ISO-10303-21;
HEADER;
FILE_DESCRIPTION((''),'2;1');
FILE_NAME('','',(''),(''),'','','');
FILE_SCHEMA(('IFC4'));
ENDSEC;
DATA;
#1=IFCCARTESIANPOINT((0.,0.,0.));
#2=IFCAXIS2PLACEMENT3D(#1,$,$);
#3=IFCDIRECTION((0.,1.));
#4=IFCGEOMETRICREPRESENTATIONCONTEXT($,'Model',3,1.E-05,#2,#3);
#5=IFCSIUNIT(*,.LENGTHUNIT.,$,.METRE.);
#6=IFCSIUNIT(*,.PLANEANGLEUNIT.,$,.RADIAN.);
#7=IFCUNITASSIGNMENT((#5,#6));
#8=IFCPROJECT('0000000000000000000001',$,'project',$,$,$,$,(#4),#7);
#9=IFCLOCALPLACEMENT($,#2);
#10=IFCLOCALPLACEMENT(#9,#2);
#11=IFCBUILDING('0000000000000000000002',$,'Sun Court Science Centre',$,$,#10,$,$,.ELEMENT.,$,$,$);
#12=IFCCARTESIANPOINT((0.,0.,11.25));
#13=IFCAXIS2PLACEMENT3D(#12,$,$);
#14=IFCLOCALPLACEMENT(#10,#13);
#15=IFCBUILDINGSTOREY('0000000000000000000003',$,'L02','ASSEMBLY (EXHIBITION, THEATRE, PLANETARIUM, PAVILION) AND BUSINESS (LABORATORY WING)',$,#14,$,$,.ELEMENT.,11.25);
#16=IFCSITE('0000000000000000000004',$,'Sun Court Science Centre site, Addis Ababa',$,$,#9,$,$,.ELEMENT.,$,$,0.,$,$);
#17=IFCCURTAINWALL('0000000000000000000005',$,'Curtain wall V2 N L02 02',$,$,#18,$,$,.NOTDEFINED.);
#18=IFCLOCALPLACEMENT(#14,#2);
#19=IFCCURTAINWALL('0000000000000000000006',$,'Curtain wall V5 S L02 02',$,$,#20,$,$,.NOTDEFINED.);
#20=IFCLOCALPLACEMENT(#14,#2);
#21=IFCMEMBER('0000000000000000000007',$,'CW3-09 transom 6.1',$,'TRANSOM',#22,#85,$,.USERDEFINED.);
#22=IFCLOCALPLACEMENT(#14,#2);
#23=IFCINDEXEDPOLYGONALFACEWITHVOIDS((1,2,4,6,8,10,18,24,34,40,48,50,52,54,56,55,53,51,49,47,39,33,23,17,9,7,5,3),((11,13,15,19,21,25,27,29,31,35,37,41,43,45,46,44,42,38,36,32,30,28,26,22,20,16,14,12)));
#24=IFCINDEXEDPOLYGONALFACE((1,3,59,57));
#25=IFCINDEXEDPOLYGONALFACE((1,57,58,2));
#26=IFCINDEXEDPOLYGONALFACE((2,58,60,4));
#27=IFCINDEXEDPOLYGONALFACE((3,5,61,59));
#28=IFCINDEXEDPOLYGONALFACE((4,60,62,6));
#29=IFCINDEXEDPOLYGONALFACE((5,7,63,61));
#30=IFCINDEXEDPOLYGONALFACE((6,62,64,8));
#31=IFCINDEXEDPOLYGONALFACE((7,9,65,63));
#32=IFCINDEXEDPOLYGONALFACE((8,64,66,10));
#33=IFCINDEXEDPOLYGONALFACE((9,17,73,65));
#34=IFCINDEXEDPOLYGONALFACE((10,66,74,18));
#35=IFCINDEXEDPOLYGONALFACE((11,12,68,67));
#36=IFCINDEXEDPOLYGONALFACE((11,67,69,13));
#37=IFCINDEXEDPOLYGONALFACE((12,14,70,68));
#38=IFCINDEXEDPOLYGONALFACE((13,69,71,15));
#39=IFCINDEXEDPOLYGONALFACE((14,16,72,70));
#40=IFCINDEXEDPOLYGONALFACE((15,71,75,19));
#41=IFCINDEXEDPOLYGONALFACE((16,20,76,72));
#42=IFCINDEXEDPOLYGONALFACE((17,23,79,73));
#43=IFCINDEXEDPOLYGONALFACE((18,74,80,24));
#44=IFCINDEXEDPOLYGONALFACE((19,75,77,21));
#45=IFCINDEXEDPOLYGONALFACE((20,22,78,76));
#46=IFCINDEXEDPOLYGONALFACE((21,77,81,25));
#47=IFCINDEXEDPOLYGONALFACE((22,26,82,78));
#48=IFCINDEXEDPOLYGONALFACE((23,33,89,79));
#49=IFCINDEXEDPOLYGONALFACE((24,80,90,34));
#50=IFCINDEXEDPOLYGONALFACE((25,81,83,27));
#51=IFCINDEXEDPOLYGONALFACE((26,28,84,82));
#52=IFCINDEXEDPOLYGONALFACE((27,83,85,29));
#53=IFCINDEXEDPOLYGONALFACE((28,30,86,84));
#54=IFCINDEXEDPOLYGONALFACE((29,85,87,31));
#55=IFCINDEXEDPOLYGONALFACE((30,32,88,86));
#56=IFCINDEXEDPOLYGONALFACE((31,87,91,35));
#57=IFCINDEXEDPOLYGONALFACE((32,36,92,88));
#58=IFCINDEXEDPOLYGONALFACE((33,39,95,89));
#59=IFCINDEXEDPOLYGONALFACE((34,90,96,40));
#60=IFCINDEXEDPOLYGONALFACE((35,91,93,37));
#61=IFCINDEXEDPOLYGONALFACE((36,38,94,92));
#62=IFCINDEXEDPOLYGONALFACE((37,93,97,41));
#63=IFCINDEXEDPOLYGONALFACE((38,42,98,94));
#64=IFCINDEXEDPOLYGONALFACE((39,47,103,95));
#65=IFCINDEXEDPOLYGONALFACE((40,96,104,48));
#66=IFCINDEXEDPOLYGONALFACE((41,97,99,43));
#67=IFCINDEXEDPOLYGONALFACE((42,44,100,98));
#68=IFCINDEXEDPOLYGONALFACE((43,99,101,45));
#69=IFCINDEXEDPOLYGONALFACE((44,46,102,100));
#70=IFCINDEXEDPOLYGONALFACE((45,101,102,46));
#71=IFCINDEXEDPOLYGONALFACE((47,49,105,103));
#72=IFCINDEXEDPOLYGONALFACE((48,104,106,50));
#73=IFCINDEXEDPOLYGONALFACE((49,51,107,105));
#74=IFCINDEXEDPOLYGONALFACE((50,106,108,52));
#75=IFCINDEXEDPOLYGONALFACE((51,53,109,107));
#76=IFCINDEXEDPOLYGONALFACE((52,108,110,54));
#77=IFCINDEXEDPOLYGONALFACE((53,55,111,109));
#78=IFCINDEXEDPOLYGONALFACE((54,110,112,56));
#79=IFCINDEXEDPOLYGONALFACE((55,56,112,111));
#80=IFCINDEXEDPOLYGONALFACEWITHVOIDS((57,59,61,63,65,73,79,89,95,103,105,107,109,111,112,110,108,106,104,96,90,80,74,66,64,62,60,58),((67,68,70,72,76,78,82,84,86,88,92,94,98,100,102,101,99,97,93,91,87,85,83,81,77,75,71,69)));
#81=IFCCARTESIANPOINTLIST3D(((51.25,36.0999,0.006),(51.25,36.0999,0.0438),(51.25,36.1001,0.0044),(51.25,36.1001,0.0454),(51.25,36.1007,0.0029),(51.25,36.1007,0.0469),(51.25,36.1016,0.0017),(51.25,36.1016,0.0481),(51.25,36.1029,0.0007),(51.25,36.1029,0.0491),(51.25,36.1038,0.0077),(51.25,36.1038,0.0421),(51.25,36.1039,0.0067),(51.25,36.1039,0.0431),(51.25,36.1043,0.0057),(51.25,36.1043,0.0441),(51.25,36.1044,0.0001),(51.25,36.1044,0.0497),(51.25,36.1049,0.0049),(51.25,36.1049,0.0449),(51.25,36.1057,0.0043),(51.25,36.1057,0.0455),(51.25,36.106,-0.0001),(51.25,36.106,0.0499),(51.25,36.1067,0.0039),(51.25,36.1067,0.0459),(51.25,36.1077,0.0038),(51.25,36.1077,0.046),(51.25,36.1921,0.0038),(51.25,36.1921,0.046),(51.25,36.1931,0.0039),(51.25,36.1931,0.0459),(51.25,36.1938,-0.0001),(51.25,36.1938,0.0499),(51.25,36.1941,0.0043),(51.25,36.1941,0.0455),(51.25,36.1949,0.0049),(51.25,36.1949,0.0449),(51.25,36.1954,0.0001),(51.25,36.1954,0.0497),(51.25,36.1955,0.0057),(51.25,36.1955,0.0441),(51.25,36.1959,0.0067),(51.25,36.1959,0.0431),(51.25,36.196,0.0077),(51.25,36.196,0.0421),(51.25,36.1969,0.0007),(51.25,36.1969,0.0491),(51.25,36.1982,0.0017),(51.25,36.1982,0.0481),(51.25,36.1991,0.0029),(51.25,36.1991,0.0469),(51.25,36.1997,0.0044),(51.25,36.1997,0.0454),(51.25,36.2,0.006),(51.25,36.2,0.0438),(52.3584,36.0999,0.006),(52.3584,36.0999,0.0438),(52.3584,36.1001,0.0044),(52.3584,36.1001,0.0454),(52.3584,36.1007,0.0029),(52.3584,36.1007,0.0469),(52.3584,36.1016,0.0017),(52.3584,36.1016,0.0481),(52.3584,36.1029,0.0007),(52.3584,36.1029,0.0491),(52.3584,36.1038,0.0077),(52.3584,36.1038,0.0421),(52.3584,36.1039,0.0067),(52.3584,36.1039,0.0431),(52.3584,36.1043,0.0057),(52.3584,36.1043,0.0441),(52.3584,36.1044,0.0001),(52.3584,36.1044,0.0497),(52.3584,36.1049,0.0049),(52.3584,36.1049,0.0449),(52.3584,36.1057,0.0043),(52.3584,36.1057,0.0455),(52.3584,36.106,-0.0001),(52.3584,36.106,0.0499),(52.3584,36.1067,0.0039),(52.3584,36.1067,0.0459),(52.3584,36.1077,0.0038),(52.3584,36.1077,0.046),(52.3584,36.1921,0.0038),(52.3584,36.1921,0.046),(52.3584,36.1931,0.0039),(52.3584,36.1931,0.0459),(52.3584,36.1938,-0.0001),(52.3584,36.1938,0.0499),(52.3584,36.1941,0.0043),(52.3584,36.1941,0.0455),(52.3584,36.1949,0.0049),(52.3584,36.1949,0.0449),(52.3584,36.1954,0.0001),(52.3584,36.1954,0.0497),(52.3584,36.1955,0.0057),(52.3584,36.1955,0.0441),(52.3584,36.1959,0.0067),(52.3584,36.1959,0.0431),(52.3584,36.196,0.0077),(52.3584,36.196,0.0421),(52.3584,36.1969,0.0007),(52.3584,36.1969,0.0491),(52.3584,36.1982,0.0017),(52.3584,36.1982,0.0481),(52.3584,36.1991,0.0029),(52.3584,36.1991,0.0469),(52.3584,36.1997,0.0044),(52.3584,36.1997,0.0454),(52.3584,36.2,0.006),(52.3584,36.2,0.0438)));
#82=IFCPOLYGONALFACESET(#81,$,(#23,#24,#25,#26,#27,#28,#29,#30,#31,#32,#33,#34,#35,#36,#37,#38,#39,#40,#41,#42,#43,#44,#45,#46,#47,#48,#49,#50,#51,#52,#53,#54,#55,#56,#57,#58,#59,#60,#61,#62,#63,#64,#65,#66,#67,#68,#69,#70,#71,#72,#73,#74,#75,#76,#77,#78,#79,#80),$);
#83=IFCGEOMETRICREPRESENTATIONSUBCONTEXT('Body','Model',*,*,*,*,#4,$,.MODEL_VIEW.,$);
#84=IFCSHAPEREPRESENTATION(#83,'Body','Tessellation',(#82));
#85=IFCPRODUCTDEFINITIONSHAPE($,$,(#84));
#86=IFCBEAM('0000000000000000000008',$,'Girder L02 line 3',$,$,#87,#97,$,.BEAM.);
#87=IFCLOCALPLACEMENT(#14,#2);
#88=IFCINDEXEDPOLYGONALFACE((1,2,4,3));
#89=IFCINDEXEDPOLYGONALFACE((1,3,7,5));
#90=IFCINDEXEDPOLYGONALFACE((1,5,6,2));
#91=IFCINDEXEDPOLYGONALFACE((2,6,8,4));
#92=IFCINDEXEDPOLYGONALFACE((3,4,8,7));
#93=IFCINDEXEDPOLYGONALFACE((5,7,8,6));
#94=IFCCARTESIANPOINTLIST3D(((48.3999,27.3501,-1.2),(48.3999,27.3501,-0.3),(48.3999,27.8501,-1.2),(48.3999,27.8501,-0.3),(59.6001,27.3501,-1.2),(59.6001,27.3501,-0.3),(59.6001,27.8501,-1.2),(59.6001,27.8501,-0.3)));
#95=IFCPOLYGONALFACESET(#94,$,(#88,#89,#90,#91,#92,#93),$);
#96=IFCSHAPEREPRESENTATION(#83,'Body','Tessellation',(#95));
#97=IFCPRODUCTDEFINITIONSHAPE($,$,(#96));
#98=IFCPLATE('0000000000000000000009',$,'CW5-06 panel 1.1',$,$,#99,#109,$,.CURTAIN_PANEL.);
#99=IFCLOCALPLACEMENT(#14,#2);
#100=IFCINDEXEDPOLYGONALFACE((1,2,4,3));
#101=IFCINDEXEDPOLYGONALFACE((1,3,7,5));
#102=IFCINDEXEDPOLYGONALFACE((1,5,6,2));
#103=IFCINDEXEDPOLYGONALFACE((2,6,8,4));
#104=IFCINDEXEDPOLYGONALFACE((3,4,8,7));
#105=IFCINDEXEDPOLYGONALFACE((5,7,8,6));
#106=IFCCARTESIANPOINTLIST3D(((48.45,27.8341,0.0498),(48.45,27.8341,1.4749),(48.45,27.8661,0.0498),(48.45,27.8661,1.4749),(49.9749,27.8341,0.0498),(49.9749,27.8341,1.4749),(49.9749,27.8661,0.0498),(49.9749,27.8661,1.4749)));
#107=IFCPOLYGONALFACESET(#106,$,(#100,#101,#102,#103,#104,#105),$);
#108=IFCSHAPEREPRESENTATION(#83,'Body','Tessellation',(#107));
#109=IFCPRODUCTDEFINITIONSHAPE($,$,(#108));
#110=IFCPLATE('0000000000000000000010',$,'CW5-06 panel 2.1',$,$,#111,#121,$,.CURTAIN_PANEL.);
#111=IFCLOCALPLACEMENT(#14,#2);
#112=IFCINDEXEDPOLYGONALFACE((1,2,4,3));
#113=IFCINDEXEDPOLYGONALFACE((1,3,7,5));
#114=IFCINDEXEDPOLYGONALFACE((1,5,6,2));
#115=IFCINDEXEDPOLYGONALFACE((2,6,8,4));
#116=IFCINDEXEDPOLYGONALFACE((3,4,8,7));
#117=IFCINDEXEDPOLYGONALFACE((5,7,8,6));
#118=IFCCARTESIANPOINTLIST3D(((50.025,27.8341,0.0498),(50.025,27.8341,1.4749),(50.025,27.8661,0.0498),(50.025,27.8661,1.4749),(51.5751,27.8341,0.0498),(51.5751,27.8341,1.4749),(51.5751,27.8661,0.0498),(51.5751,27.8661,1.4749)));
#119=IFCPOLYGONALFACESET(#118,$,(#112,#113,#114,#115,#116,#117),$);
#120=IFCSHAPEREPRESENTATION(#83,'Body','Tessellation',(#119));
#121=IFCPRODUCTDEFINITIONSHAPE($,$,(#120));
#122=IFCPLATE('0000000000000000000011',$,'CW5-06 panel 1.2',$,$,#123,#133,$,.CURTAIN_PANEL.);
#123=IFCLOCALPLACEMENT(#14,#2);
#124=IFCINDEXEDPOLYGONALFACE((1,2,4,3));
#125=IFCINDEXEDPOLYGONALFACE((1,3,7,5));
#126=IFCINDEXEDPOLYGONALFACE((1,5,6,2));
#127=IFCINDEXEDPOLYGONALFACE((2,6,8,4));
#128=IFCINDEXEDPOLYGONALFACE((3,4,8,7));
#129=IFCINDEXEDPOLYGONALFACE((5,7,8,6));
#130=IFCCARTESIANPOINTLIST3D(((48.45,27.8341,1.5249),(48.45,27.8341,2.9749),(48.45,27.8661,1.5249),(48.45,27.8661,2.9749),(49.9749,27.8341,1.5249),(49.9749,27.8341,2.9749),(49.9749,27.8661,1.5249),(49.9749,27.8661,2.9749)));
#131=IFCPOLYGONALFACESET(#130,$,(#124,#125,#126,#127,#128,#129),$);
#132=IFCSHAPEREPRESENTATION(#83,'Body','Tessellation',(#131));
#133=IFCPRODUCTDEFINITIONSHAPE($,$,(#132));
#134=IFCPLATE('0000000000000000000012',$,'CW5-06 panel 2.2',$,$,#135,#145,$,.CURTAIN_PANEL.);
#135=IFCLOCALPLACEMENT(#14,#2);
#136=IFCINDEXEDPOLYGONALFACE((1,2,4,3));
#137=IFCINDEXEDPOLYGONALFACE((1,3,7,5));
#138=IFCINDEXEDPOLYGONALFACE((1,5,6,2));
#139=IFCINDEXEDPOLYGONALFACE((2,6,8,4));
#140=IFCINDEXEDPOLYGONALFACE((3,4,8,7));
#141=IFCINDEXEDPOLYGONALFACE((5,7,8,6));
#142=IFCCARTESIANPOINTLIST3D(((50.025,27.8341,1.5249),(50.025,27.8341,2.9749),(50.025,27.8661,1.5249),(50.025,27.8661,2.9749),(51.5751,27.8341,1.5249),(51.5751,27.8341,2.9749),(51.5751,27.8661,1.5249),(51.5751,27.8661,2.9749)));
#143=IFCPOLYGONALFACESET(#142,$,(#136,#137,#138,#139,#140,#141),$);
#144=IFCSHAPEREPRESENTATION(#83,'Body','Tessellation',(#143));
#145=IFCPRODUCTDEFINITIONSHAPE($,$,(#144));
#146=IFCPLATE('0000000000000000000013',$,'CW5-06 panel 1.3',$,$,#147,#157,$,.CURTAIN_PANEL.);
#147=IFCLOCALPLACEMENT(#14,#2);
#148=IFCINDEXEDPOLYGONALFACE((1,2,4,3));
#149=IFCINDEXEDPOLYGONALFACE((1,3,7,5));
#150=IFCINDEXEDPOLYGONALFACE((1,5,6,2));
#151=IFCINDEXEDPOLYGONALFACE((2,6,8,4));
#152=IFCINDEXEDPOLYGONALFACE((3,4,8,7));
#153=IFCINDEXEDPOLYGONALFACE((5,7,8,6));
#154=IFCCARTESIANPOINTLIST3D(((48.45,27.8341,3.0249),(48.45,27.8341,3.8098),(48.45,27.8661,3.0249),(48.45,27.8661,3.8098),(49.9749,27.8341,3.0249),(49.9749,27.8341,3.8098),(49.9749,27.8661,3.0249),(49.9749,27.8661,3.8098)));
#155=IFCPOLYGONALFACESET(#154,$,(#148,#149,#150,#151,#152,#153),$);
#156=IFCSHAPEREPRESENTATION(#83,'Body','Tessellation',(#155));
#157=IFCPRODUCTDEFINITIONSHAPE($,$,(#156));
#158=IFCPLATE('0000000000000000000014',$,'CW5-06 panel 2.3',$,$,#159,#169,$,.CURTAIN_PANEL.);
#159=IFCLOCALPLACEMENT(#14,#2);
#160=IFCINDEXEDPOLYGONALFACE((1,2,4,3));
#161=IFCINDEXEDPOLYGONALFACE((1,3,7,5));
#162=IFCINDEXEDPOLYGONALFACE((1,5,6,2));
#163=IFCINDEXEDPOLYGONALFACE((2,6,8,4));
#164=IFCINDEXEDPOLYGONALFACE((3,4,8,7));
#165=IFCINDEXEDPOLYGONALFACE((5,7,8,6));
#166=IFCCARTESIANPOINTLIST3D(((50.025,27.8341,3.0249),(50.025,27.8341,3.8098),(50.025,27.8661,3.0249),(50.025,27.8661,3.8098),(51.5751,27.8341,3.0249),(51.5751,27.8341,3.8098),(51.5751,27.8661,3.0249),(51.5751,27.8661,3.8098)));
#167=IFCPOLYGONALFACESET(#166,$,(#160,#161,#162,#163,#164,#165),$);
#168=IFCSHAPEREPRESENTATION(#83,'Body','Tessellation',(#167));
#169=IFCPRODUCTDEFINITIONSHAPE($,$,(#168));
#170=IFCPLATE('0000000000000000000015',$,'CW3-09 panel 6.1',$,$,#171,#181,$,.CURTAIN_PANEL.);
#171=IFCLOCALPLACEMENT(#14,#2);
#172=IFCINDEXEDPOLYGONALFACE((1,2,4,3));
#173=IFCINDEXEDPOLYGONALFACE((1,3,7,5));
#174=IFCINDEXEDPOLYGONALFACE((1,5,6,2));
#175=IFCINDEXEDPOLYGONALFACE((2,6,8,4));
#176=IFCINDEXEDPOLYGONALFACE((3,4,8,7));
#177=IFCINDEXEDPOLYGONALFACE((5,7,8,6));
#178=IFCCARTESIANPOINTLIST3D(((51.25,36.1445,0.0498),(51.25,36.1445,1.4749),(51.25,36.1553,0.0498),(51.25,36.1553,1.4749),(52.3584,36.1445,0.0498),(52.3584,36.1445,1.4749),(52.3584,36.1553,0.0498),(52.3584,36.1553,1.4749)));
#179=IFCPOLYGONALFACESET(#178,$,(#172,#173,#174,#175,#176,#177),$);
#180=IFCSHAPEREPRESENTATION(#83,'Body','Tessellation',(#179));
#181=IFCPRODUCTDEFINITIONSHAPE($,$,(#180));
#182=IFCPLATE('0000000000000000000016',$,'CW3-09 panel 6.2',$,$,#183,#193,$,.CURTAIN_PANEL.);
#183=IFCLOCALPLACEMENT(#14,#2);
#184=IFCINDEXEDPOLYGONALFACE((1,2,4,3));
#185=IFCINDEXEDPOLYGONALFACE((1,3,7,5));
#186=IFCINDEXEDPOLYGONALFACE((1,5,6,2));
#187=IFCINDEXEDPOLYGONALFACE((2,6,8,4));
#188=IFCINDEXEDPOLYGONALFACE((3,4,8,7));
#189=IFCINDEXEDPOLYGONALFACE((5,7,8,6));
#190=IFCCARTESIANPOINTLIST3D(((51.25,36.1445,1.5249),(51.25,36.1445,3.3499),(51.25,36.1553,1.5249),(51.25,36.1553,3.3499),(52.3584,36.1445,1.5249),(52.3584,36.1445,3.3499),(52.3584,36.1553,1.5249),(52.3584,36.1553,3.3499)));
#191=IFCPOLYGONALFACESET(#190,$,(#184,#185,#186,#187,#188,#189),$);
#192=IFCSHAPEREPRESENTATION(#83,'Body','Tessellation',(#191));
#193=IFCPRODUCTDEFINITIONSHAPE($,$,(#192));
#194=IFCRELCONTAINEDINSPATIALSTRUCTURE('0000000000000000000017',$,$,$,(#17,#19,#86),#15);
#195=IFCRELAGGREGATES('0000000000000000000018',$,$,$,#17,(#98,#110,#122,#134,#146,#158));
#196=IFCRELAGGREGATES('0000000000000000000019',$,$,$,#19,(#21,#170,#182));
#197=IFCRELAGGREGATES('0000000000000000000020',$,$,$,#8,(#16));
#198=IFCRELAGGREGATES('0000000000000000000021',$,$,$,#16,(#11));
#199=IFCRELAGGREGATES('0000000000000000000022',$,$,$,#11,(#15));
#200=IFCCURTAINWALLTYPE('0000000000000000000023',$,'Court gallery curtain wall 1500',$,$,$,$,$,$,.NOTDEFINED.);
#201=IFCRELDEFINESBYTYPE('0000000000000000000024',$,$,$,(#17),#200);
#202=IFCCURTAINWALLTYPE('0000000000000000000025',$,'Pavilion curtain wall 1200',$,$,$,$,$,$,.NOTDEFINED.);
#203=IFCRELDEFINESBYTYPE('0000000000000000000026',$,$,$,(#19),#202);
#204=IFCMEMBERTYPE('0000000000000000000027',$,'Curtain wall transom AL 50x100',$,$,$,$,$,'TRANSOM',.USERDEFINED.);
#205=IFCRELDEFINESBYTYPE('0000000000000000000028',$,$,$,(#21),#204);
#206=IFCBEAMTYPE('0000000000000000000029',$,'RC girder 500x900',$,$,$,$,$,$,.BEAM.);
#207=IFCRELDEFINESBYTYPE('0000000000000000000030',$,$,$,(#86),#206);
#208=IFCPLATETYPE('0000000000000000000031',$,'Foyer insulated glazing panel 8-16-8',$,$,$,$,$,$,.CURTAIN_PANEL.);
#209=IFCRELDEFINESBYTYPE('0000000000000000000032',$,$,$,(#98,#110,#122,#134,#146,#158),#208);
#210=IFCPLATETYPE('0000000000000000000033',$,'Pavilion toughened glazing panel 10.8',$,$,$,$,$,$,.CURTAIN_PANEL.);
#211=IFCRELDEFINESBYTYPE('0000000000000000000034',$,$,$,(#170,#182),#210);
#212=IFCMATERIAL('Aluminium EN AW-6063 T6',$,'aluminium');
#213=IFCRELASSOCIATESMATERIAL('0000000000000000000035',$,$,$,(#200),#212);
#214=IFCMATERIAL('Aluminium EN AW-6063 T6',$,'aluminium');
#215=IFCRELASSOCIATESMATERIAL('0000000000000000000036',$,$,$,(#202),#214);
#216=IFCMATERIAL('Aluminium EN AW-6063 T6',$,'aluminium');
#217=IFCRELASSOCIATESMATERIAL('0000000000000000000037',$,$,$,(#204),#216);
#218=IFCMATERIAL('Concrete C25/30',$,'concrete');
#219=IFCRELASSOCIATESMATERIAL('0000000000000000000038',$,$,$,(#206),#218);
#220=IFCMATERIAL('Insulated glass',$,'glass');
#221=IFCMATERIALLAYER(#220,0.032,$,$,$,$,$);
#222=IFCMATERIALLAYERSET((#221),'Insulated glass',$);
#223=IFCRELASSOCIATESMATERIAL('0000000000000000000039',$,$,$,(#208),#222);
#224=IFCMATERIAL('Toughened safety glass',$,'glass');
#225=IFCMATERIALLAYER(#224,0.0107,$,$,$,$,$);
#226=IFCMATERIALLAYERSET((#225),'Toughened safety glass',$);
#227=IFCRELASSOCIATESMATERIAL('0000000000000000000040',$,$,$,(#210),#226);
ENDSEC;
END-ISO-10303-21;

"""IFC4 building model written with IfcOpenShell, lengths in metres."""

from ifc_helpers import new_model, si_unit, direction, frame, origin, origin_2d, place, context, subcontext, project, spatial, rectangle, hollow_rectangle, extrude, material, layer, layer_set, material_profile, profile_set, type_object, element, aggregate, save


model = new_model("IFC4")

# Units and contexts
model_context = context("Model", 3, precision=1e-05, world=origin(), true_north=direction((0.0, 1.0)))
body_context = subcontext(model_context, "Body", "Model", "MODEL_VIEW")
ifc_project = project(units=[si_unit("LENGTHUNIT", "METRE"), si_unit("PLANEANGLEUNIT", "RADIAN")], contexts=[model_context])

# Site, building, storey
site_placement = place(None, origin())
site = spatial("IfcSite", under=ifc_project, at=site_placement, Name="Sun Court Science Centre site, Addis Ababa", CompositionType="ELEMENT", RefElevation=0.0)
building_placement = place(site_placement, origin())
building = spatial("IfcBuilding", under=site, at=building_placement, Name="Sun Court Science Centre", CompositionType="ELEMENT")
storey_placement = place(building_placement, frame((0.0, 0.0, 11.25)))
storey = spatial("IfcBuildingStorey", under=building, at=storey_placement, Name="L02", Description="ASSEMBLY (EXHIBITION, THEATRE, PLANETARIUM, PAVILION) AND BUSINESS (LABORATORY WING)", CompositionType="ELEMENT", Elevation=11.25)

# Curtain wall
ifc_material_1 = material(Name="Aluminium EN AW-6063 T6", Category="aluminium")
curtain_wall_type_1 = type_object("IfcCurtainWallType", Name="Court gallery curtain wall 1500", PredefinedType="NOTDEFINED", material=ifc_material_1)
curtain_wall_1_placement = place(storey_placement, origin())
curtain_wall_1 = element("IfcCurtainWall", 1, at=curtain_wall_1_placement, inside=storey, type_object=curtain_wall_type_1, Name="Curtain wall V2 N L02 02", PredefinedType="NOTDEFINED")

# Curtain wall
ifc_material_2 = material(Name="Aluminium EN AW-6063 T6", Category="aluminium")
curtain_wall_type_2 = type_object("IfcCurtainWallType", Name="Pavilion curtain wall 1200", PredefinedType="NOTDEFINED", material=ifc_material_2)
curtain_wall_2_placement = place(storey_placement, origin())
curtain_wall_2 = element("IfcCurtainWall", 2, at=curtain_wall_2_placement, inside=storey, type_object=curtain_wall_type_2, Name="Curtain wall V5 S L02 02", PredefinedType="NOTDEFINED")

# Member
ifc_material_3 = material(Name="Aluminium EN AW-6063 T6", Category="aluminium")
ifc_material_profile_1 = material_profile(ifc_material_3, hollow_rectangle(XDim=0.05, YDim=0.1001, WallThickness=0.0039, InnerFilletRadius=0.0039, OuterFilletRadius=0.0061, at=origin_2d()), Name="AL 50x100x4")
ifc_profile_set_1 = profile_set([ifc_material_profile_1], Name="Aluminium EN AW-6063 T6")
member_type_1 = type_object("IfcMemberType", Name="Curtain wall transom AL 50x100", ElementType="TRANSOM", PredefinedType="USERDEFINED", material=ifc_profile_set_1)
member_1_placement = place(storey_placement, frame((52.3584, 36.1499, 0.0249), z_axis=(-1.0, 0.0, 0.0), x_axis=(0.0, 0.0, 1.0)))
member_1 = element("IfcMember", 3, at=member_1_placement, type_object=member_type_1, Name="CW3-09 transom 6.1", ObjectType="TRANSOM", PredefinedType="USERDEFINED", context=body_context, shape_type="SweptSolid", body=[
    extrude(hollow_rectangle(XDim=0.05, YDim=0.1001, WallThickness=0.0039, InnerFilletRadius=0.0039, OuterFilletRadius=0.0061, at=origin_2d()), origin(), (0.0, 0.0, 1.0), 1.1084),
])

# Beam
ifc_material_4 = material(Name="Concrete C25/30", Category="concrete")
ifc_material_profile_2 = material_profile(ifc_material_4, rectangle(XDim=0.5, YDim=0.8999, at=origin_2d()), Name="RC 500x900")
ifc_profile_set_2 = profile_set([ifc_material_profile_2], Name="Concrete C25/30")
beam_type = type_object("IfcBeamType", Name="RC girder 500x900", PredefinedType="BEAM", material=ifc_profile_set_2)
beam_placement = place(storey_placement, frame((48.3999, 27.6001, -0.75), z_axis=(1.0, 0.0, 0.0), x_axis=(0.0, 1.0, 0.0)))
element("IfcBeam", 4, at=beam_placement, inside=storey, type_object=beam_type, Name="Girder L02 line 3", PredefinedType="BEAM", context=body_context, shape_type="SweptSolid", body=[
    extrude(rectangle(XDim=0.5, YDim=0.8999, at=origin_2d()), origin(), (0.0, 0.0, 1.0), 11.2002),
])

# Plates
ifc_material_5 = material(Name="Insulated glass", Category="glass")
ifc_layer_1 = layer(ifc_material_5, 0.032)
ifc_layer_set_1 = layer_set([ifc_layer_1], Name="Insulated glass")
plate_type_1 = type_object("IfcPlateType", Name="Foyer insulated glazing panel 8-16-8", PredefinedType="CURTAIN_PANEL", material=ifc_layer_set_1)
plate_1_placement = place(storey_placement, frame((49.2124, 27.8501, 0.0498), z_axis=(0.0, 0.0, 1.0), x_axis=(1.0, 0.0, 0.0)))
plate_1 = element("IfcPlate", 5, at=plate_1_placement, type_object=plate_type_1, Name="CW5-06 panel 1.1", PredefinedType="CURTAIN_PANEL", context=body_context, shape_type="SweptSolid", body=[
    extrude(rectangle(XDim=1.5249, YDim=0.032, at=origin_2d()), origin(), (0.0, 0.0, 1.0), 1.425),
])
plate_2_placement = place(storey_placement, frame((50.8, 27.8501, 0.0498), z_axis=(0.0, 0.0, 1.0), x_axis=(1.0, 0.0, 0.0)))
plate_2 = element("IfcPlate", 6, at=plate_2_placement, type_object=plate_type_1, Name="CW5-06 panel 2.1", PredefinedType="CURTAIN_PANEL", context=body_context, shape_type="SweptSolid", body=[
    extrude(rectangle(XDim=1.55, YDim=0.032, at=origin_2d()), origin(), (0.0, 0.0, 1.0), 1.425),
])
plate_3_placement = place(storey_placement, frame((49.2124, 27.8501, 1.5249), z_axis=(0.0, 0.0, 1.0), x_axis=(1.0, 0.0, 0.0)))
plate_3 = element("IfcPlate", 7, at=plate_3_placement, type_object=plate_type_1, Name="CW5-06 panel 1.2", PredefinedType="CURTAIN_PANEL", context=body_context, shape_type="SweptSolid", body=[
    extrude(rectangle(XDim=1.5249, YDim=0.032, at=origin_2d()), origin(), (0.0, 0.0, 1.0), 1.45),
])
plate_4_placement = place(storey_placement, frame((50.8, 27.8501, 1.5249), z_axis=(0.0, 0.0, 1.0), x_axis=(1.0, 0.0, 0.0)))
plate_4 = element("IfcPlate", 8, at=plate_4_placement, type_object=plate_type_1, Name="CW5-06 panel 2.2", PredefinedType="CURTAIN_PANEL", context=body_context, shape_type="SweptSolid", body=[
    extrude(rectangle(XDim=1.55, YDim=0.032, at=origin_2d()), origin(), (0.0, 0.0, 1.0), 1.45),
])
plate_5_placement = place(storey_placement, frame((49.2124, 27.8501, 3.0249), z_axis=(0.0, 0.0, 1.0), x_axis=(1.0, 0.0, 0.0)))
plate_5 = element("IfcPlate", 9, at=plate_5_placement, type_object=plate_type_1, Name="CW5-06 panel 1.3", PredefinedType="CURTAIN_PANEL", context=body_context, shape_type="SweptSolid", body=[
    extrude(rectangle(XDim=1.5249, YDim=0.032, at=origin_2d()), origin(), (0.0, 0.0, 1.0), 0.7849),
])
plate_6_placement = place(storey_placement, frame((50.8, 27.8501, 3.0249), z_axis=(0.0, 0.0, 1.0), x_axis=(1.0, 0.0, 0.0)))
plate_6 = element("IfcPlate", 10, at=plate_6_placement, type_object=plate_type_1, Name="CW5-06 panel 2.3", PredefinedType="CURTAIN_PANEL", context=body_context, shape_type="SweptSolid", body=[
    extrude(rectangle(XDim=1.55, YDim=0.032, at=origin_2d()), origin(), (0.0, 0.0, 1.0), 0.7849),
])
aggregate(curtain_wall_1, [plate_1, plate_2, plate_3, plate_4, plate_5, plate_6])
ifc_material_6 = material(Name="Toughened safety glass", Category="glass")
ifc_layer_2 = layer(ifc_material_6, 0.0107)
ifc_layer_set_2 = layer_set([ifc_layer_2], Name="Toughened safety glass")
plate_type_2 = type_object("IfcPlateType", Name="Pavilion toughened glazing panel 10.8", PredefinedType="CURTAIN_PANEL", material=ifc_layer_set_2)
plate_7_placement = place(storey_placement, frame((51.8042, 36.1499, 0.0498), z_axis=(0.0, 0.0, 1.0), x_axis=(-1.0, 0.0, 0.0)))
plate_7 = element("IfcPlate", 11, at=plate_7_placement, type_object=plate_type_2, Name="CW3-09 panel 6.1", PredefinedType="CURTAIN_PANEL", context=body_context, shape_type="SweptSolid", body=[
    extrude(rectangle(XDim=1.1084, YDim=0.0107, at=origin_2d()), origin(), (0.0, 0.0, 1.0), 1.425),
])
plate_8_placement = place(storey_placement, frame((51.8042, 36.1499, 1.5249), z_axis=(0.0, 0.0, 1.0), x_axis=(-1.0, 0.0, 0.0)))
plate_8 = element("IfcPlate", 12, at=plate_8_placement, type_object=plate_type_2, Name="CW3-09 panel 6.2", PredefinedType="CURTAIN_PANEL", context=body_context, shape_type="SweptSolid", body=[
    extrude(rectangle(XDim=1.1084, YDim=0.0107, at=origin_2d()), origin(), (0.0, 0.0, 1.0), 1.825),
])
aggregate(curtain_wall_2, [member_1, plate_7, plate_8])

save(model, "model.ifc")
